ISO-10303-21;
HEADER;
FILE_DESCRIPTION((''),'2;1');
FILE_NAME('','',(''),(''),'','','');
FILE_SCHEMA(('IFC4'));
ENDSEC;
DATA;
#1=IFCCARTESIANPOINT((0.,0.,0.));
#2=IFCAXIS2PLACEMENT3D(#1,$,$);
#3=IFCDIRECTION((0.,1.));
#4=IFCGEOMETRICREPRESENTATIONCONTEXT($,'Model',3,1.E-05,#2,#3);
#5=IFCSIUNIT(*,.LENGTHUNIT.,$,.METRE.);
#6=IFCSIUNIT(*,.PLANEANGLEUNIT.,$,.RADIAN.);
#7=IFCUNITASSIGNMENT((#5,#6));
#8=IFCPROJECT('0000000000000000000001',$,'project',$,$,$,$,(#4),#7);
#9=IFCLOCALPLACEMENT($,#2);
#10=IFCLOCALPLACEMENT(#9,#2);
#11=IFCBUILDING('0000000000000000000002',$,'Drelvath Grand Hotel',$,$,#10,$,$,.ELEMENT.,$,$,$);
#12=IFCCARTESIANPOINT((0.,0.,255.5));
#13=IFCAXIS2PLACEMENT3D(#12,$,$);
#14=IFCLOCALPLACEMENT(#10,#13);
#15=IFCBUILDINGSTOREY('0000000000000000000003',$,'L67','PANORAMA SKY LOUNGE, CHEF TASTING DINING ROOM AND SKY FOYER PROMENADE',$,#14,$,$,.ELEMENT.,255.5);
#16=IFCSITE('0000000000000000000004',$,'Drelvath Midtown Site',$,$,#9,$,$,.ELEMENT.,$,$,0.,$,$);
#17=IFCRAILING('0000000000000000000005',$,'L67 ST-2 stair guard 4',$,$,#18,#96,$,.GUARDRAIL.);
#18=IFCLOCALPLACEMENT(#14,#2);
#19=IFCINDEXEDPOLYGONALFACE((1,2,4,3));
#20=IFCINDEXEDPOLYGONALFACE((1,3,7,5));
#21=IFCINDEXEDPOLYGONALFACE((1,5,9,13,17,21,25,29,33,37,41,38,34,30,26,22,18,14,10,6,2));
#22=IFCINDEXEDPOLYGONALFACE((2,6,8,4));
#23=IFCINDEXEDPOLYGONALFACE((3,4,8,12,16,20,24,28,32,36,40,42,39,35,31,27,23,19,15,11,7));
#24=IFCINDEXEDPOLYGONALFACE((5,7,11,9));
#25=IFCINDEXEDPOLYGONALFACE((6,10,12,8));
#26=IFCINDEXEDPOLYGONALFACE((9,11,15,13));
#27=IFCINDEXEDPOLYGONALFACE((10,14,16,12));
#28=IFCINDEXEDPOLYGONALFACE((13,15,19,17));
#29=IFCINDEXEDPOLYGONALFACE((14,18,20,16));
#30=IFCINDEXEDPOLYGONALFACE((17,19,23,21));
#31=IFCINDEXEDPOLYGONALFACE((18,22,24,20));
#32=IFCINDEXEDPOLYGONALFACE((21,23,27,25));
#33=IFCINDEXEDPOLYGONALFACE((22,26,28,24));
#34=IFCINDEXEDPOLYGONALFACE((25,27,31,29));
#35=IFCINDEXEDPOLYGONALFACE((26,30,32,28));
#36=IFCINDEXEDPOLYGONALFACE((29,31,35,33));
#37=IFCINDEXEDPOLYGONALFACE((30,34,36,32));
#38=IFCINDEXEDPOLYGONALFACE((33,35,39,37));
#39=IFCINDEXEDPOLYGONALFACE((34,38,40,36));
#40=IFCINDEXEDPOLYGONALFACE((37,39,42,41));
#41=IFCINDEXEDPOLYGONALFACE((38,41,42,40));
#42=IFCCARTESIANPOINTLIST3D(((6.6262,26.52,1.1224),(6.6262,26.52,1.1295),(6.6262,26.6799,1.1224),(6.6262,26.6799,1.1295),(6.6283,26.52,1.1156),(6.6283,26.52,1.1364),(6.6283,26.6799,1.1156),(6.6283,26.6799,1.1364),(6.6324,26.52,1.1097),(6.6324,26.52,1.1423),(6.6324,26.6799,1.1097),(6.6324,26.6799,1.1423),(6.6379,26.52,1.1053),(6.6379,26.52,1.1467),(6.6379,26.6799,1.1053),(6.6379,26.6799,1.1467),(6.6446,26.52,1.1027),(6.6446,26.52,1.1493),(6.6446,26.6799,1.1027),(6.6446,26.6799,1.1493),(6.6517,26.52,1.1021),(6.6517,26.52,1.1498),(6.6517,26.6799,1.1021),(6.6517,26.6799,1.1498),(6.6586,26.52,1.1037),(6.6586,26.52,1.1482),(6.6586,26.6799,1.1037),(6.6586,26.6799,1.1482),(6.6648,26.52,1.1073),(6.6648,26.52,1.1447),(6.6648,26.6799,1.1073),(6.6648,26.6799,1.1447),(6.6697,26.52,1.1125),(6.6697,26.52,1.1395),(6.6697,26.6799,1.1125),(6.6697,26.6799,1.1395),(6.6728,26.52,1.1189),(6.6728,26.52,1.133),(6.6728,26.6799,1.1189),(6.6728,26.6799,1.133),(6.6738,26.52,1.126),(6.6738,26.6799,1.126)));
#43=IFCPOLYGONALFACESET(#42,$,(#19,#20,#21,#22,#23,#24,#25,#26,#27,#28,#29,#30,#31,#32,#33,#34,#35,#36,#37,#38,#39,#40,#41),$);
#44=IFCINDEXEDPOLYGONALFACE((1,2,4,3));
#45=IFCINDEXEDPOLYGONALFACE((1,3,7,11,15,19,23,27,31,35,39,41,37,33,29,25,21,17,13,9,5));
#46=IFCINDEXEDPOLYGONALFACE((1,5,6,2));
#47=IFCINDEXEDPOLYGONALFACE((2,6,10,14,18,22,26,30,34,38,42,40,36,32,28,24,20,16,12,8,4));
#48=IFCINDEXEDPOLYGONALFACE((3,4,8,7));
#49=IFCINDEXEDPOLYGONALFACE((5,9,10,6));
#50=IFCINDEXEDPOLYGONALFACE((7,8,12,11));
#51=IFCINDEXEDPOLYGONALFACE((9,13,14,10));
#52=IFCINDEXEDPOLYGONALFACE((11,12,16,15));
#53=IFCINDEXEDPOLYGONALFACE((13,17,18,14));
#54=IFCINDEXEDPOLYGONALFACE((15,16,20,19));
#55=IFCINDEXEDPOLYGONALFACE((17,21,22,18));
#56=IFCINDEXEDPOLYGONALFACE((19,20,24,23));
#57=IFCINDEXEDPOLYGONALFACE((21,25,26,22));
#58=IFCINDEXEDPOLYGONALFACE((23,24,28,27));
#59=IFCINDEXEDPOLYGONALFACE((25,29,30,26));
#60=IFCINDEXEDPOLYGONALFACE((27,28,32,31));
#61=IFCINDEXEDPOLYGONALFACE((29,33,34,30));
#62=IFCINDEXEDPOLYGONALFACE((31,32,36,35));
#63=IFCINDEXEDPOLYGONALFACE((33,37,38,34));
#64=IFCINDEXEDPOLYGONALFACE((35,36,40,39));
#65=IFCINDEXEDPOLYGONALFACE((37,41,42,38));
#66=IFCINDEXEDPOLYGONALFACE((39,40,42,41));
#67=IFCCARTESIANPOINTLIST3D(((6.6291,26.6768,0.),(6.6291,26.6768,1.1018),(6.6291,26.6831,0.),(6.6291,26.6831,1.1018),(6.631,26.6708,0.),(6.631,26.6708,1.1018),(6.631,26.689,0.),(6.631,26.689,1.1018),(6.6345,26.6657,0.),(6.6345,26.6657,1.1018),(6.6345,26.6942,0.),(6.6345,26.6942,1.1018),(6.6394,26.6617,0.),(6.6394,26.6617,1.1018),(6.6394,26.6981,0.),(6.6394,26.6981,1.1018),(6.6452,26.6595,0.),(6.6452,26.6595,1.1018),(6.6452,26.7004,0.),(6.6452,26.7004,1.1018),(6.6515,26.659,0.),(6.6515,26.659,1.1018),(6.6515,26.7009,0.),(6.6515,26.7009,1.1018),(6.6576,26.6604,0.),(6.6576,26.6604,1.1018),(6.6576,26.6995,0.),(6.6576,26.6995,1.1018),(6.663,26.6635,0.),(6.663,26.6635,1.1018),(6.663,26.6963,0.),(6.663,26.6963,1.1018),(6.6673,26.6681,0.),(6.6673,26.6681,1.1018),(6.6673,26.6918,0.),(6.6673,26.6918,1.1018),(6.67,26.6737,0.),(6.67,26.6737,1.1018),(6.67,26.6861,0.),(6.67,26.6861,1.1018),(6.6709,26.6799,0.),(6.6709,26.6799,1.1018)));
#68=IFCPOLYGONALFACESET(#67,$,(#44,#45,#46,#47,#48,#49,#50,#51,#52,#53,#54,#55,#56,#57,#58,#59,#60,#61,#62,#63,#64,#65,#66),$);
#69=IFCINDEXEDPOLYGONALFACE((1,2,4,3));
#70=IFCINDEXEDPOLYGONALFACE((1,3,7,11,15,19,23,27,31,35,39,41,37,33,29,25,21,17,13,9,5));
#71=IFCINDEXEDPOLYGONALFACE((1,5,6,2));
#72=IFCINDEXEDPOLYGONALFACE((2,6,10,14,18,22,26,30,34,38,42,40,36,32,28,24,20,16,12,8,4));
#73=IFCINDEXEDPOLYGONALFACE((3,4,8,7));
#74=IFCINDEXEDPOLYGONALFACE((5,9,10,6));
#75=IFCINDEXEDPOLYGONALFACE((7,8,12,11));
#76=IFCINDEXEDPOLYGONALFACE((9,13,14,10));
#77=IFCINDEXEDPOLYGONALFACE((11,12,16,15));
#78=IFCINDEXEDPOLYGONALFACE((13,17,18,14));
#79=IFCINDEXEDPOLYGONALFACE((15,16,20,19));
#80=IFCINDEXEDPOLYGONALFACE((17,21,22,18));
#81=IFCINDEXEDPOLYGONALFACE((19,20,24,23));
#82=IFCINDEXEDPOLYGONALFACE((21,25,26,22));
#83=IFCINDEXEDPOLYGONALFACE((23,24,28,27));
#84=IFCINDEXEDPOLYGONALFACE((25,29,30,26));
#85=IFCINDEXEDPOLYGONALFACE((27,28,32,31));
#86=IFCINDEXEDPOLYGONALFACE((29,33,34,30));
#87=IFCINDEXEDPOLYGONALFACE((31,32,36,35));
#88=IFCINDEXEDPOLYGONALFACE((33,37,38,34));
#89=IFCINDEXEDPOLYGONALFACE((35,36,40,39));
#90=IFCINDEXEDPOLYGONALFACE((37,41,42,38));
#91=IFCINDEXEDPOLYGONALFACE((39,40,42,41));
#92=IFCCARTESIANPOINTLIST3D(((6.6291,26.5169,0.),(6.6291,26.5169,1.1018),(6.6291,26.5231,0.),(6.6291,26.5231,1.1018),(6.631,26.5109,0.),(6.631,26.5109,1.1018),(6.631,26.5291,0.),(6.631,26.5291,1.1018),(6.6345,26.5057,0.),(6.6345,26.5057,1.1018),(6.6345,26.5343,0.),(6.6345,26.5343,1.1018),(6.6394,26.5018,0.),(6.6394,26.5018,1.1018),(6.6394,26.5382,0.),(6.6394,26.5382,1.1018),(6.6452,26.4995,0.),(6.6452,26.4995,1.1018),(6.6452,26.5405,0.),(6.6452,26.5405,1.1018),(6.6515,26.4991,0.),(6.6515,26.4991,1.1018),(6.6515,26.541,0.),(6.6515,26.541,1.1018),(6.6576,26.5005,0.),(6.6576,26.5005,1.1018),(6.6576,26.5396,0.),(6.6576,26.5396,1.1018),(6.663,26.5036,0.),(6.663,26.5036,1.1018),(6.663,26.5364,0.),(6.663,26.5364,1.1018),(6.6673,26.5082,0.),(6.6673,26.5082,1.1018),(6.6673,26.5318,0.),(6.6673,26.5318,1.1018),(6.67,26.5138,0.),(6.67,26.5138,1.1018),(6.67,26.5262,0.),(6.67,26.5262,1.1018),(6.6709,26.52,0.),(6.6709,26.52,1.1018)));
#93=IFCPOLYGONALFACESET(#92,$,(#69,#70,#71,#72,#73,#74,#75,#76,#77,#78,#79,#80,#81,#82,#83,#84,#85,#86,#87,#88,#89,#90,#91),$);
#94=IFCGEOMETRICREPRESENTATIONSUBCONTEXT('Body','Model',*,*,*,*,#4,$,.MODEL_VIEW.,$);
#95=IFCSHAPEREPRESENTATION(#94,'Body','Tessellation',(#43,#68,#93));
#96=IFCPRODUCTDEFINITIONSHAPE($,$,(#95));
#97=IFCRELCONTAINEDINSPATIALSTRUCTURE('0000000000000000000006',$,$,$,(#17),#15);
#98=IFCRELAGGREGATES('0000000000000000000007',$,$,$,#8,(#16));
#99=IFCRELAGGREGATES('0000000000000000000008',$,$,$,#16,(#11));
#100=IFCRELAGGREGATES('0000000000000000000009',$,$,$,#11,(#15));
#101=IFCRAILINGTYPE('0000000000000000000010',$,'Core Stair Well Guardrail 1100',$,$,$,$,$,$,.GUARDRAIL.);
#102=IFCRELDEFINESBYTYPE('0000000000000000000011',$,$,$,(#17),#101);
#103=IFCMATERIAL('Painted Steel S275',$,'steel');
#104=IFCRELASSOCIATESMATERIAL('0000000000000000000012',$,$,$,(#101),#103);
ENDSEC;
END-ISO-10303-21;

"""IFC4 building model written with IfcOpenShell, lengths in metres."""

from ifc_helpers import new_model, si_unit, direction, frame, origin, origin_2d, place, context, subcontext, project, spatial, circle, extrude, material, type_object, element, save


model = new_model("IFC4")

# Units and contexts
model_context = context("Model", 3, precision=1e-05, world=origin(), true_north=direction((0.0, 1.0)))
body_context = subcontext(model_context, "Body", "Model", "MODEL_VIEW")
ifc_project = project(units=[si_unit("LENGTHUNIT", "METRE"), si_unit("PLANEANGLEUNIT", "RADIAN")], contexts=[model_context])

# Site, building, storey
site_placement = place(None, origin())
site = spatial("IfcSite", under=ifc_project, at=site_placement, Name="Drelvath Midtown Site", CompositionType="ELEMENT", RefElevation=0.0)
building_placement = place(site_placement, origin())
building = spatial("IfcBuilding", under=site, at=building_placement, Name="Drelvath Grand Hotel", CompositionType="ELEMENT")
storey_placement = place(building_placement, frame((0.0, 0.0, 255.5)))
storey = spatial("IfcBuildingStorey", under=building, at=storey_placement, Name="L67", Description="PANORAMA SKY LOUNGE, CHEF TASTING DINING ROOM AND SKY FOYER PROMENADE", CompositionType="ELEMENT", Elevation=255.5)

# Railing
ifc_material_1 = material(Name="Painted Steel S275", Category="steel")
railing_type_1 = type_object("IfcRailingType", Name="Core Stair Well Guardrail 1100", PredefinedType="GUARDRAIL", material=ifc_material_1)
railing_1_placement = place(storey_placement, frame((6.6499, 26.6799, 0.0)))
element("IfcRailing", 1, at=railing_1_placement, inside=storey, type_object=railing_type_1, Name="L67 ST-2 stair guard 4", PredefinedType="GUARDRAIL", context=body_context, shape_type="SweptSolid", body=[
    extrude(circle(Radius=0.0239, at=origin_2d()), frame((0.0, 0.0, 1.126), z_axis=(0.0, -1.0, 0.0), x_axis=(1.0, 0.0, 0.0)), (0.0, 0.0, 1.0), 0.1599),
    extrude(circle(Radius=0.021, at=origin_2d()), origin(), (0.0, 0.0, 1.0), 1.1018),
    extrude(circle(Radius=0.021, at=origin_2d()), frame((0.0, -0.1599, 0.0)), (0.0, 0.0, 1.0), 1.1018),
])

save(model, "model.ifc")
